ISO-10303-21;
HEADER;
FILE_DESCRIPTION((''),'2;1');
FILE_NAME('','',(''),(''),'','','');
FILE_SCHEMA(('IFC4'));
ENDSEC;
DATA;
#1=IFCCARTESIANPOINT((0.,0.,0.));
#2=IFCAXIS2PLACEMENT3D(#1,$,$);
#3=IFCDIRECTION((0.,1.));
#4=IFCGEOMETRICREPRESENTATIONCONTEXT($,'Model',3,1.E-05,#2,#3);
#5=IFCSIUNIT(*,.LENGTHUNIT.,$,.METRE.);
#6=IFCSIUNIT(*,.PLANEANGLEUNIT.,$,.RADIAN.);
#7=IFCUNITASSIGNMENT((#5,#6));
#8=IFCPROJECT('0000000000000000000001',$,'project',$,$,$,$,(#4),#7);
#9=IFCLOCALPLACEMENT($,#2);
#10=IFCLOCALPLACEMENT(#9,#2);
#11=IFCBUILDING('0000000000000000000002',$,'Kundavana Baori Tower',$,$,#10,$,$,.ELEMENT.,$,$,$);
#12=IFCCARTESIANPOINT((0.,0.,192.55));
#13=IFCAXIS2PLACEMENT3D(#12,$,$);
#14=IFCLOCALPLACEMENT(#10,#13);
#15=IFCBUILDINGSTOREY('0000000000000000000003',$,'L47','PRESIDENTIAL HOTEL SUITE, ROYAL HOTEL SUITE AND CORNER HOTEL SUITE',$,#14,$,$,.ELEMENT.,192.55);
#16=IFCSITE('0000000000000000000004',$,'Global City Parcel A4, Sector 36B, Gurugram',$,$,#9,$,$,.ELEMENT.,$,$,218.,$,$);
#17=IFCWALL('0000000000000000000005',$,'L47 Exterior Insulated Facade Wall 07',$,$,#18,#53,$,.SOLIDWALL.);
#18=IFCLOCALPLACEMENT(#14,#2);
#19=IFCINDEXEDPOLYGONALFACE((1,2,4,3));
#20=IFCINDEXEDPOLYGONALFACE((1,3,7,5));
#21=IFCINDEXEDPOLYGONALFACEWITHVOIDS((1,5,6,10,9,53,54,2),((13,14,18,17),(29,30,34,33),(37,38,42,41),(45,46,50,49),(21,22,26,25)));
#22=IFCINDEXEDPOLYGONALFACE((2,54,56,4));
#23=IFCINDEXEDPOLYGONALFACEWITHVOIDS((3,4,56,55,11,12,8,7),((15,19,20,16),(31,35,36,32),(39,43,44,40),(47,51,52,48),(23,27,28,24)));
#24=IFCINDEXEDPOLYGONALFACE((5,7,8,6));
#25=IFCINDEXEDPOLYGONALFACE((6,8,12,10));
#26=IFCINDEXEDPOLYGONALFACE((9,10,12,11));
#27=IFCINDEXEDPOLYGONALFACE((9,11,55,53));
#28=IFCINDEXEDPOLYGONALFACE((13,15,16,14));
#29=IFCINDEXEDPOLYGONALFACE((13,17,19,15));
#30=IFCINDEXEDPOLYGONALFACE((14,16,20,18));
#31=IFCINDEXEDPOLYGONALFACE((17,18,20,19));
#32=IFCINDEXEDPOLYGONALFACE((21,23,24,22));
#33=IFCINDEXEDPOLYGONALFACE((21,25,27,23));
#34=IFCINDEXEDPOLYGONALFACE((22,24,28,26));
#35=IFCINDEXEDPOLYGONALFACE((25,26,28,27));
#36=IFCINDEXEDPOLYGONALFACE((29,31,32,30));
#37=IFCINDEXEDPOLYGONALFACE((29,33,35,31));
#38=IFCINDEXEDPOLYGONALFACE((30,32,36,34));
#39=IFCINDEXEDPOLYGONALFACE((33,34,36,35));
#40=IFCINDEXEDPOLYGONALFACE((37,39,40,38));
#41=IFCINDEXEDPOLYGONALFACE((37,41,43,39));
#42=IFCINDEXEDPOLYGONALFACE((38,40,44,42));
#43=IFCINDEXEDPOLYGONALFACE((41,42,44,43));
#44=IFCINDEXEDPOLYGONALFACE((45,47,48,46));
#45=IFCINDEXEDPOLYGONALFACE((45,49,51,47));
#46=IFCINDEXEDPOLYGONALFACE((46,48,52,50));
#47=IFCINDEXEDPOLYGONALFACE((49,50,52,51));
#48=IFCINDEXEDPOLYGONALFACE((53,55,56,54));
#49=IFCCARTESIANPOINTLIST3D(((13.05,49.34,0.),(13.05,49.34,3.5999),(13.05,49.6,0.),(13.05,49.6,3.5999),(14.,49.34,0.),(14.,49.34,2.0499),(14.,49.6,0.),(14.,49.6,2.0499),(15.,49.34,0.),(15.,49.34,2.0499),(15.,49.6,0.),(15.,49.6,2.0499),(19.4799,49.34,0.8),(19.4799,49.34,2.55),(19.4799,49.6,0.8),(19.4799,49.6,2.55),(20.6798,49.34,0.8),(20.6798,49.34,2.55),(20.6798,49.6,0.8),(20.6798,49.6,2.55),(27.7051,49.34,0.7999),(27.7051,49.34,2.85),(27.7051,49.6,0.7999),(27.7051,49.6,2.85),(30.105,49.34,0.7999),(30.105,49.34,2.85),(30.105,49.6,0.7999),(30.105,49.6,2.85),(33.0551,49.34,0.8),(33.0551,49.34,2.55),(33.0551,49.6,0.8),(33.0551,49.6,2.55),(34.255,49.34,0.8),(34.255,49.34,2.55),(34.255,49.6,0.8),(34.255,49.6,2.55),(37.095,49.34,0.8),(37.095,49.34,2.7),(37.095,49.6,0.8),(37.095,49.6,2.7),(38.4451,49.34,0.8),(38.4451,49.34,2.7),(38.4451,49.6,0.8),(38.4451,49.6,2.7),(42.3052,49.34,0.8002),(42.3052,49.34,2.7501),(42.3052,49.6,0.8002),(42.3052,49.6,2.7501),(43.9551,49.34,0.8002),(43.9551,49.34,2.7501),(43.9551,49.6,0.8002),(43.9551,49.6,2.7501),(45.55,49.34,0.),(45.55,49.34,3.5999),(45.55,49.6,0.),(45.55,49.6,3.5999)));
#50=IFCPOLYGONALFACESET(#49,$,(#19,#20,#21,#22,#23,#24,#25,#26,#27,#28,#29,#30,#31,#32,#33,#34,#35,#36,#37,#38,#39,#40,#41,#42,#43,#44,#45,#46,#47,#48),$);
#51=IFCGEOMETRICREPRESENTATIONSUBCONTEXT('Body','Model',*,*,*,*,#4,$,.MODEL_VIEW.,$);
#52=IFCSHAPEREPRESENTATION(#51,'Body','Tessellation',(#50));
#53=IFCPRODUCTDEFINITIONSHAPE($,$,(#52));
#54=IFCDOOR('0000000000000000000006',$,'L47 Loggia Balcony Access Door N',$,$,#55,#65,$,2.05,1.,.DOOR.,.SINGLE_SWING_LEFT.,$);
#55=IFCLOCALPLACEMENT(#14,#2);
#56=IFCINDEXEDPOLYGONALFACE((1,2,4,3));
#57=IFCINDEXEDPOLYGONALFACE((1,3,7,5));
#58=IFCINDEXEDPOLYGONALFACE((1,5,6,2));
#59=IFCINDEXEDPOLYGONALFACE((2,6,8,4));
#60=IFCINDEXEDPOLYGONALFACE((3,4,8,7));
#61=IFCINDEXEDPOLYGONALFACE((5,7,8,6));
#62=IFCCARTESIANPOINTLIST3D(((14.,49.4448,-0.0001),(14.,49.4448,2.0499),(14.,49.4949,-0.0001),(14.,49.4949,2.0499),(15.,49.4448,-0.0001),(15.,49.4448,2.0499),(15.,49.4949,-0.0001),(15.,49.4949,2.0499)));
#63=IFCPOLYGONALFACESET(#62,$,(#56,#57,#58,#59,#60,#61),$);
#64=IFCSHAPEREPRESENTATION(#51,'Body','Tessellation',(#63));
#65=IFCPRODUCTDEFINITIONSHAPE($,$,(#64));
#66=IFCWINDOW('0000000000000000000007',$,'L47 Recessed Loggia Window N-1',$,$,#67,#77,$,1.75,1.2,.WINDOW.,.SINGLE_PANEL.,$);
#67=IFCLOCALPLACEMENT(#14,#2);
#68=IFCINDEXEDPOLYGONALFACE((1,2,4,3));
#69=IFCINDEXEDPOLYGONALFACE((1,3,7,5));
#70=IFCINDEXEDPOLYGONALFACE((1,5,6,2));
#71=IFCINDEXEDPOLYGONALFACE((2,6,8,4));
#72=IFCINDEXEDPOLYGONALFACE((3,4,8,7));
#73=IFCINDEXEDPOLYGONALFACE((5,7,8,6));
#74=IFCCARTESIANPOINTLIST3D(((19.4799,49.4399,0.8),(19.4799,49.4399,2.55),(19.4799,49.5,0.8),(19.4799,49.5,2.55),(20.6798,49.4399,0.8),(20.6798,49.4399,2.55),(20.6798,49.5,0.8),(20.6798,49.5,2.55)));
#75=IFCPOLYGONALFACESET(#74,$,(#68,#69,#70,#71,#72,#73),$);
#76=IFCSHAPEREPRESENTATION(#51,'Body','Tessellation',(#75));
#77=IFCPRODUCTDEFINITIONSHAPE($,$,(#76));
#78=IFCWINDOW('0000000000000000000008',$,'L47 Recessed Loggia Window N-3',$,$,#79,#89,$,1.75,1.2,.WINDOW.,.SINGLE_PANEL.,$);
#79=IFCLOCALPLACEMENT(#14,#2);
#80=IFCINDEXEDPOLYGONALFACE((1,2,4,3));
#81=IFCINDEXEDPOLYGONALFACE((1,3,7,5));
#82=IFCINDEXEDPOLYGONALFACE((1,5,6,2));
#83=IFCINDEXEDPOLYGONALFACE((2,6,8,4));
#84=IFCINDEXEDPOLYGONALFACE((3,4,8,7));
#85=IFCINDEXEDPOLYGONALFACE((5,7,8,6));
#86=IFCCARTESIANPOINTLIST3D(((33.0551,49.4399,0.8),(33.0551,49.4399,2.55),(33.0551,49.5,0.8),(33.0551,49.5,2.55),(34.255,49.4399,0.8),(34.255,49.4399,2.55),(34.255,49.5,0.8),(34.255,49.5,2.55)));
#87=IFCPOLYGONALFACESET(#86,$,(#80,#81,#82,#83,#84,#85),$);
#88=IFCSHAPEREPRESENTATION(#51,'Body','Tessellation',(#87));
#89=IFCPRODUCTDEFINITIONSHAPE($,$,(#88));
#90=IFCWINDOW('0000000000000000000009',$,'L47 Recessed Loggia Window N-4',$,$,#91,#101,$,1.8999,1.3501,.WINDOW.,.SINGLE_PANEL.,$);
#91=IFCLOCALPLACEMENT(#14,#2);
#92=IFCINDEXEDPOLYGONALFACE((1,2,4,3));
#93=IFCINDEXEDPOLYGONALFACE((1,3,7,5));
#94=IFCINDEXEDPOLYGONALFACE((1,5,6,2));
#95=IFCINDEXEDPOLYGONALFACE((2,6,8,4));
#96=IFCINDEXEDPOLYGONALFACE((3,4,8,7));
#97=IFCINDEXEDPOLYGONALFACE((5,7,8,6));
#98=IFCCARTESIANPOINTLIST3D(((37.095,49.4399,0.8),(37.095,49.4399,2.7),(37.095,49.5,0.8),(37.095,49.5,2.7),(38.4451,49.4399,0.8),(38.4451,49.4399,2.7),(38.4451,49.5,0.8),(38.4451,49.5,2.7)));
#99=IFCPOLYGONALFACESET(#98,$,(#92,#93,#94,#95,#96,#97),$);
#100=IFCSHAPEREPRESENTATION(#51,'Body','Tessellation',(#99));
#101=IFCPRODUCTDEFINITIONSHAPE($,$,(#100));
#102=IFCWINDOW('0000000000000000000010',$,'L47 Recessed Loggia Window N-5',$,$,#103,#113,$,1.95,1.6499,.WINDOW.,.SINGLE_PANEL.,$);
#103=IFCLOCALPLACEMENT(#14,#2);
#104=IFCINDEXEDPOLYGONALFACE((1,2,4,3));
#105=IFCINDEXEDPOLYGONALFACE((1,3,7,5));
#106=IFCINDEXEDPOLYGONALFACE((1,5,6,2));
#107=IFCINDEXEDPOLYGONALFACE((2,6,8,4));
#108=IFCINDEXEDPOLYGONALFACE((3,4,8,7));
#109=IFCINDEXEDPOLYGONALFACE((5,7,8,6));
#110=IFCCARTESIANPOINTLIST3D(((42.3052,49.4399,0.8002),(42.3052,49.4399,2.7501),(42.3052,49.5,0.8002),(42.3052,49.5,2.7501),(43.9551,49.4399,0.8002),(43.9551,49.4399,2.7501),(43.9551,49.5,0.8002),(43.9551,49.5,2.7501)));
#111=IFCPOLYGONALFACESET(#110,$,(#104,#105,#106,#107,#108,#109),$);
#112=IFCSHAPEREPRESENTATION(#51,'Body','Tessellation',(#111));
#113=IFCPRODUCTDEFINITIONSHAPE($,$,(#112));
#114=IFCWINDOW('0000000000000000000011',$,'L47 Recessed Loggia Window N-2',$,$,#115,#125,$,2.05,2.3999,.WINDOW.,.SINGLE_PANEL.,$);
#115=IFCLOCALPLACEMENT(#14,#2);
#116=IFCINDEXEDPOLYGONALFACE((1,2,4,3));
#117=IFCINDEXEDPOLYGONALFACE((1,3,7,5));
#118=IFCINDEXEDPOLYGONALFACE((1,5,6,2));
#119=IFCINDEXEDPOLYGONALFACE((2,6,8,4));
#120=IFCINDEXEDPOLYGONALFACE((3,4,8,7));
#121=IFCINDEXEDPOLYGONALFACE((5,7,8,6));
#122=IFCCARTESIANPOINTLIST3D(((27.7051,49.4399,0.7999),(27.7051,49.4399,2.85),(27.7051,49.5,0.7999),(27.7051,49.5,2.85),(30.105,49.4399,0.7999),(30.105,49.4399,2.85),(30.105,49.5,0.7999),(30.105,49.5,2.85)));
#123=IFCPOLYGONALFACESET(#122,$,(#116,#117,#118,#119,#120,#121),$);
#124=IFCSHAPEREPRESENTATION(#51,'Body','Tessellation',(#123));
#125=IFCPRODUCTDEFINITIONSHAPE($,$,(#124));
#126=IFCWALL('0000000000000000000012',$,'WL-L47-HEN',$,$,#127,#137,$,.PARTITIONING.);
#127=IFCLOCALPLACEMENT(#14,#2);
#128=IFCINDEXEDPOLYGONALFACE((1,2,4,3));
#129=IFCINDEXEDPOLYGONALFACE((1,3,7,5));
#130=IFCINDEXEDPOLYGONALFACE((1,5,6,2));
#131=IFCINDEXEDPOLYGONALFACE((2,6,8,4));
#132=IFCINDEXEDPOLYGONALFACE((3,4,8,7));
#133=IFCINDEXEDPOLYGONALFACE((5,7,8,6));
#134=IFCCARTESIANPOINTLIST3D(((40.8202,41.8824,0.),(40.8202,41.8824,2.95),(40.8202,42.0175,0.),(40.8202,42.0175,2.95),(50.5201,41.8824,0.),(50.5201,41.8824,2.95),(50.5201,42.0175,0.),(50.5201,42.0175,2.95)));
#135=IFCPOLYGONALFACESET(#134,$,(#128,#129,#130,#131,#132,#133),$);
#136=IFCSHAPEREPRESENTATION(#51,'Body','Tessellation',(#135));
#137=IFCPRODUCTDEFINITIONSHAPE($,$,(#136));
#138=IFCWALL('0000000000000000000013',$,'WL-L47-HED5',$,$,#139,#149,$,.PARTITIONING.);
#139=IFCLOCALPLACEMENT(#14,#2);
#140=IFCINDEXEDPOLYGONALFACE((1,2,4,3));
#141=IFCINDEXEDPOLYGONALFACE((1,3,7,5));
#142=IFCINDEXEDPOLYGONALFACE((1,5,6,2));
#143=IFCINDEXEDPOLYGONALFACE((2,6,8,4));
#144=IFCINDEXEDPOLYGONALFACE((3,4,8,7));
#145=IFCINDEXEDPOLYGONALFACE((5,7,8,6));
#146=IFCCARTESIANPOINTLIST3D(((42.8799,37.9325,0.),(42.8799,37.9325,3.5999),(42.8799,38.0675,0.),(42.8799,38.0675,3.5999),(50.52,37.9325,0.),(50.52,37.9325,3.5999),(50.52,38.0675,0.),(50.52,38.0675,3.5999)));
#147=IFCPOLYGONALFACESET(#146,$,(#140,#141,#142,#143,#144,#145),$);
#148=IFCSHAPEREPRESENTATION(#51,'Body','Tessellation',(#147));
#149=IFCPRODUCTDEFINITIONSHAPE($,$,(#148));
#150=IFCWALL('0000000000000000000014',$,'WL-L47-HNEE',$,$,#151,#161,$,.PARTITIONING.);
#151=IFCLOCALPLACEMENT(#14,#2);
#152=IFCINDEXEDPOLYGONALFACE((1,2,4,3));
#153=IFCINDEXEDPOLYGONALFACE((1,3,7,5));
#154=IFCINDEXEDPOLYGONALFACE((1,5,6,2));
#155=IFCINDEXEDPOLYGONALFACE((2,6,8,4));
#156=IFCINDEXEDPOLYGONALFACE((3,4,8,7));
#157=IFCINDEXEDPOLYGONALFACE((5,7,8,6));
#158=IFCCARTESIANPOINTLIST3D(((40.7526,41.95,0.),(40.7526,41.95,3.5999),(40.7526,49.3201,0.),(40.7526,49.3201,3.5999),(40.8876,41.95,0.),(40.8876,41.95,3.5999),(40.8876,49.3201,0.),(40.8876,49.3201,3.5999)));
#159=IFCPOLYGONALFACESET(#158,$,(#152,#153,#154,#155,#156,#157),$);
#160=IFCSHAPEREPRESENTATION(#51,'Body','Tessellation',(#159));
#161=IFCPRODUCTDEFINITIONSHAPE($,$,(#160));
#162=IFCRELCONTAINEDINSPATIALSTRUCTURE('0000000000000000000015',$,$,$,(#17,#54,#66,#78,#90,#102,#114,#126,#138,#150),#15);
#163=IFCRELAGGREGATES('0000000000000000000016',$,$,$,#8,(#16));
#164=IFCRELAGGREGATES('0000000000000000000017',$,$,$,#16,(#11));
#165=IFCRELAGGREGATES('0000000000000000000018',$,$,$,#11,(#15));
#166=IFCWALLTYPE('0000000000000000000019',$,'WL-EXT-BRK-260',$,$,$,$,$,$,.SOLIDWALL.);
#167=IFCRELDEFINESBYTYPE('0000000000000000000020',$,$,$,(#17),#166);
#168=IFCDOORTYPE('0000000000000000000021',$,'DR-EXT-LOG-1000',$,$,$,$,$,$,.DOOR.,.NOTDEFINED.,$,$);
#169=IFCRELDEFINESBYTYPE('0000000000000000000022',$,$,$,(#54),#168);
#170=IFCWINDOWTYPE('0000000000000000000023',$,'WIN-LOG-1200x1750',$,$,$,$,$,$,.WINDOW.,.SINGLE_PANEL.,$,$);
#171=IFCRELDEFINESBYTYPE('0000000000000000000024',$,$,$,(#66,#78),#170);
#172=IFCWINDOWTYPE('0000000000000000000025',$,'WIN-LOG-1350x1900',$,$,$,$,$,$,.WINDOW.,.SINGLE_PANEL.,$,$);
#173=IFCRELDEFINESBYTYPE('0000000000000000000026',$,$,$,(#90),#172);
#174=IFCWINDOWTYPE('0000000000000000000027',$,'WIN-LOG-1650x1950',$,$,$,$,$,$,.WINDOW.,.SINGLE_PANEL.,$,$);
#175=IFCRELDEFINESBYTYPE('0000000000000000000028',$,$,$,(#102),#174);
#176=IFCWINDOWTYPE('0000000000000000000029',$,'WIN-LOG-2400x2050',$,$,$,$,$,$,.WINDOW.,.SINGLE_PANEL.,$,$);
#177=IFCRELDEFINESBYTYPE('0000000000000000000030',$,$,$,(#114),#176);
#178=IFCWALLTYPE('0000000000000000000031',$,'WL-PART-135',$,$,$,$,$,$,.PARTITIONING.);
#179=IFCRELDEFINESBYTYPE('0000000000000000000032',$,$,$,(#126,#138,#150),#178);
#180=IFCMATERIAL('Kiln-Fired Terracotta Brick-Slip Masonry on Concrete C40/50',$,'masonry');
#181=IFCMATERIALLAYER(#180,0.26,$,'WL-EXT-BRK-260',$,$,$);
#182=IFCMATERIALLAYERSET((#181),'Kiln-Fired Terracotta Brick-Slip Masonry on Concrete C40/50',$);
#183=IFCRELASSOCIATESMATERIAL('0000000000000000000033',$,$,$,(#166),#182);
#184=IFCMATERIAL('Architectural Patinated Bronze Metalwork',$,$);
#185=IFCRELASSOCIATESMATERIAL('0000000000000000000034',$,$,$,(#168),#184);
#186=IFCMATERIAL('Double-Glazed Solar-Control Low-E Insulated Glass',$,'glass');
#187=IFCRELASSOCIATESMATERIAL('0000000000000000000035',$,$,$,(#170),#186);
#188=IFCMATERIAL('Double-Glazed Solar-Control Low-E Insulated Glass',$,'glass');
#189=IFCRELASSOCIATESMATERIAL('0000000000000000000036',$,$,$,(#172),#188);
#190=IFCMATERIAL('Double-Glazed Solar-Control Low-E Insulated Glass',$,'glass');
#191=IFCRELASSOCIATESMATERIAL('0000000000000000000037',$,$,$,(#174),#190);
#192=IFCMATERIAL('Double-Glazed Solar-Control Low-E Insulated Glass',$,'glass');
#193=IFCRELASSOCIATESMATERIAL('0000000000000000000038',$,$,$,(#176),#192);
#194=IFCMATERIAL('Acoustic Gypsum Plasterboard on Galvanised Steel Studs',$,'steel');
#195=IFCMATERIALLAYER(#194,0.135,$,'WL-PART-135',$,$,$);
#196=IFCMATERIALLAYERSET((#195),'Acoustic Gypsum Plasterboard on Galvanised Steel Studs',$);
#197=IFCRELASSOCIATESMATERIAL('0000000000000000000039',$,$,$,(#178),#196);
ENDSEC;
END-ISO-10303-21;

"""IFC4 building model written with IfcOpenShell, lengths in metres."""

from ifc_helpers import new_model, si_unit, direction, frame, frame_2d, origin, place, context, subcontext, project, spatial, rectangle, extrude, material, layer, layer_set, type_object, element, fill, save


model = new_model("IFC4")

# Units and contexts
model_context = context("Model", 3, precision=1e-05, world=origin(), true_north=direction((0.0, 1.0)))
body_context = subcontext(model_context, "Body", "Model", "MODEL_VIEW")
ifc_project = project(units=[si_unit("LENGTHUNIT", "METRE"), si_unit("PLANEANGLEUNIT", "RADIAN")], contexts=[model_context])

# Site, building, storey
site_placement = place(None, origin())
site = spatial("IfcSite", under=ifc_project, at=site_placement, Name="Global City Parcel A4, Sector 36B, Gurugram", CompositionType="ELEMENT", RefElevation=218.0)
building_placement = place(site_placement, origin())
building = spatial("IfcBuilding", under=site, at=building_placement, Name="Kundavana Baori Tower", CompositionType="ELEMENT")
storey_placement = place(building_placement, frame((0.0, 0.0, 192.55)))
storey = spatial("IfcBuildingStorey", under=building, at=storey_placement, Name="L47", Description="PRESIDENTIAL HOTEL SUITE, ROYAL HOTEL SUITE AND CORNER HOTEL SUITE", CompositionType="ELEMENT", Elevation=192.55)

# Shared definitions
ifc_material_1 = material(Name="Kiln-Fired Terracotta Brick-Slip Masonry on Concrete C40/50", Category="masonry")
ifc_layer_1 = layer(ifc_material_1, 0.26, Name="WL-EXT-BRK-260")
ifc_layer_set_1 = layer_set([ifc_layer_1], Name="Kiln-Fired Terracotta Brick-Slip Masonry on Concrete C40/50")
wall_type_1 = type_object("IfcWallType", Name="WL-EXT-BRK-260", PredefinedType="SOLIDWALL", material=ifc_layer_set_1)

# Wall, openings, door, windows
wall_1_placement = place(storey_placement, frame((45.55, 49.47, 0.0), z_axis=(0.0, 0.0, 1.0), x_axis=(-1.0, 0.0, 0.0)))
wall_1 = element("IfcWall", 1, at=wall_1_placement, inside=storey, type_object=wall_type_1, Name="L47 Exterior Insulated Facade Wall 07", PredefinedType="SOLIDWALL", context=body_context, shape_type="SweptSolid", body=[
    extrude(rectangle(XDim=32.5, YDim=0.26, at=frame_2d((16.25, 0.0))), origin(), (0.0, 0.0, 1.0), 3.5999),
])
opening_1_placement = place(wall_1_placement, frame((30.55, 0.0, 0.0)))
opening_1 = element("IfcOpeningElement", 2, at=opening_1_placement, cuts=wall_1, PredefinedType="OPENING", context=body_context, shape_type="SweptSolid", body=[
    extrude(rectangle(XDim=1.0, YDim=2.05, at=frame_2d((0.5, 1.0249))), frame((0.0, 0.1401, 0.0), z_axis=(0.0, -1.0, 0.0), x_axis=(1.0, 0.0, 0.0)), (0.0, 0.0, 1.0), 0.28),
])
opening_2_placement = place(wall_1_placement, frame((24.8701, 0.0, 0.8)))
opening_2 = element("IfcOpeningElement", 3, at=opening_2_placement, cuts=wall_1, PredefinedType="OPENING", context=body_context, shape_type="SweptSolid", body=[
    extrude(rectangle(XDim=1.2, YDim=1.75, at=frame_2d((0.6001, 0.875))), frame((0.0, 0.1401, 0.0), z_axis=(0.0, -1.0, 0.0), x_axis=(1.0, 0.0, 0.0)), (0.0, 0.0, 1.0), 0.28),
])
opening_3_placement = place(wall_1_placement, frame((15.4451, 0.0, 0.8)))
opening_3 = element("IfcOpeningElement", 4, at=opening_3_placement, cuts=wall_1, PredefinedType="OPENING", context=body_context, shape_type="SweptSolid", body=[
    extrude(rectangle(XDim=2.3999, YDim=2.05, at=frame_2d((1.2, 1.0249))), frame((0.0, 0.1401, 0.0), z_axis=(0.0, -1.0, 0.0), x_axis=(1.0, 0.0, 0.0)), (0.0, 0.0, 1.0), 0.28),
])
opening_4_placement = place(wall_1_placement, frame((11.2949, 0.0, 0.8)))
opening_4 = element("IfcOpeningElement", 5, at=opening_4_placement, cuts=wall_1, PredefinedType="OPENING", context=body_context, shape_type="SweptSolid", body=[
    extrude(rectangle(XDim=1.2, YDim=1.75, at=frame_2d((0.6001, 0.875))), frame((0.0, 0.1401, 0.0), z_axis=(0.0, -1.0, 0.0), x_axis=(1.0, 0.0, 0.0)), (0.0, 0.0, 1.0), 0.28),
])
opening_5_placement = place(wall_1_placement, frame((7.105, 0.0, 0.8)))
opening_5 = element("IfcOpeningElement", 6, at=opening_5_placement, cuts=wall_1, PredefinedType="OPENING", context=body_context, shape_type="SweptSolid", body=[
    extrude(rectangle(XDim=1.3501, YDim=1.8999, at=frame_2d((0.675, 0.95))), frame((0.0, 0.1401, 0.0), z_axis=(0.0, -1.0, 0.0), x_axis=(1.0, 0.0, 0.0)), (0.0, 0.0, 1.0), 0.28),
])
opening_6_placement = place(wall_1_placement, frame((1.595, 0.0, 0.8)))
opening_6 = element("IfcOpeningElement", 7, at=opening_6_placement, cuts=wall_1, PredefinedType="OPENING", context=body_context, shape_type="SweptSolid", body=[
    extrude(rectangle(XDim=1.6499, YDim=1.95, at=frame_2d((0.825, 0.9751))), frame((0.0, 0.1401, 0.0), z_axis=(0.0, -1.0, 0.0), x_axis=(1.0, 0.0, 0.0)), (0.0, 0.0, 1.0), 0.28),
])
ifc_material_2 = material(Name="Architectural Patinated Bronze Metalwork")
door_type_1 = type_object("IfcDoorType", Name="DR-EXT-LOG-1000", OperationType="NOTDEFINED", PredefinedType="DOOR", material=ifc_material_2)
door_1_placement = place(opening_1_placement, frame((1.0, 0.0, 0.0), z_axis=(0.0, 0.0, 1.0), x_axis=(-1.0, 0.0, 0.0)))
door_1 = element("IfcDoor", 8, at=door_1_placement, inside=storey, type_object=door_type_1, Name="L47 Loggia Balcony Access Door N", OperationType="SINGLE_SWING_LEFT", OverallHeight=2.05, OverallWidth=1.0, PredefinedType="DOOR", context=body_context, shape_type="SweptSolid", body=[
    extrude(rectangle(XDim=1.0, YDim=2.05, at=frame_2d((0.5, 1.0249))), frame((0.0, 0.0249, 0.0), z_axis=(0.0, -1.0, 0.0), x_axis=(1.0, 0.0, 0.0)), (0.0, 0.0, 1.0), 0.05),
])
fill(opening_1, door_1)
ifc_material_3 = material(Name="Double-Glazed Solar-Control Low-E Insulated Glass", Category="glass")
window_type_1 = type_object("IfcWindowType", Name="WIN-LOG-1200x1750", PartitioningType="SINGLE_PANEL", PredefinedType="WINDOW", material=ifc_material_3)
window_1_placement = place(opening_2_placement, origin())
window_1 = element("IfcWindow", 9, at=window_1_placement, inside=storey, type_object=window_type_1, Name="L47 Recessed Loggia Window N-1", OverallHeight=1.75, OverallWidth=1.2, PartitioningType="SINGLE_PANEL", PredefinedType="WINDOW", context=body_context, shape_type="SweptSolid", body=[
    extrude(rectangle(XDim=1.2, YDim=1.75, at=frame_2d((0.6001, 0.875))), frame((0.0, 0.03, 0.0), z_axis=(0.0, -1.0, 0.0), x_axis=(1.0, 0.0, 0.0)), (0.0, 0.0, 1.0), 0.0601),
])
fill(opening_2, window_1)
window_2_placement = place(opening_4_placement, origin())
window_2 = element("IfcWindow", 10, at=window_2_placement, inside=storey, type_object=window_type_1, Name="L47 Recessed Loggia Window N-3", OverallHeight=1.75, OverallWidth=1.2, PartitioningType="SINGLE_PANEL", PredefinedType="WINDOW", context=body_context, shape_type="SweptSolid", body=[
    extrude(rectangle(XDim=1.2, YDim=1.75, at=frame_2d((0.6001, 0.875))), frame((0.0, 0.03, 0.0), z_axis=(0.0, -1.0, 0.0), x_axis=(1.0, 0.0, 0.0)), (0.0, 0.0, 1.0), 0.0601),
])
fill(opening_4, window_2)
ifc_material_4 = material(Name="Double-Glazed Solar-Control Low-E Insulated Glass", Category="glass")
window_type_2 = type_object("IfcWindowType", Name="WIN-LOG-1350x1900", PartitioningType="SINGLE_PANEL", PredefinedType="WINDOW", material=ifc_material_4)
window_3_placement = place(opening_5_placement, origin())
window_3 = element("IfcWindow", 11, at=window_3_placement, inside=storey, type_object=window_type_2, Name="L47 Recessed Loggia Window N-4", OverallHeight=1.8999, OverallWidth=1.3501, PartitioningType="SINGLE_PANEL", PredefinedType="WINDOW", context=body_context, shape_type="SweptSolid", body=[
    extrude(rectangle(XDim=1.3501, YDim=1.8999, at=frame_2d((0.675, 0.95))), frame((0.0, 0.03, 0.0), z_axis=(0.0, -1.0, 0.0), x_axis=(1.0, 0.0, 0.0)), (0.0, 0.0, 1.0), 0.0601),
])
fill(opening_5, window_3)
ifc_material_5 = material(Name="Double-Glazed Solar-Control Low-E Insulated Glass", Category="glass")
window_type_3 = type_object("IfcWindowType", Name="WIN-LOG-1650x1950", PartitioningType="SINGLE_PANEL", PredefinedType="WINDOW", material=ifc_material_5)
window_4_placement = place(opening_6_placement, origin())
window_4 = element("IfcWindow", 12, at=window_4_placement, inside=storey, type_object=window_type_3, Name="L47 Recessed Loggia Window N-5", OverallHeight=1.95, OverallWidth=1.6499, PartitioningType="SINGLE_PANEL", PredefinedType="WINDOW", context=body_context, shape_type="SweptSolid", body=[
    extrude(rectangle(XDim=1.6499, YDim=1.95, at=frame_2d((0.825, 0.9751))), frame((0.0, 0.03, 0.0), z_axis=(0.0, -1.0, 0.0), x_axis=(1.0, 0.0, 0.0)), (0.0, 0.0, 1.0), 0.0601),
])
fill(opening_6, window_4)
ifc_material_6 = material(Name="Double-Glazed Solar-Control Low-E Insulated Glass", Category="glass")
window_type_4 = type_object("IfcWindowType", Name="WIN-LOG-2400x2050", PartitioningType="SINGLE_PANEL", PredefinedType="WINDOW", material=ifc_material_6)
window_5_placement = place(opening_3_placement, origin())
window_5 = element("IfcWindow", 13, at=window_5_placement, inside=storey, type_object=window_type_4, Name="L47 Recessed Loggia Window N-2", OverallHeight=2.05, OverallWidth=2.3999, PartitioningType="SINGLE_PANEL", PredefinedType="WINDOW", context=body_context, shape_type="SweptSolid", body=[
    extrude(rectangle(XDim=2.3999, YDim=2.05, at=frame_2d((1.2, 1.0249))), frame((0.0, 0.03, 0.0), z_axis=(0.0, -1.0, 0.0), x_axis=(1.0, 0.0, 0.0)), (0.0, 0.0, 1.0), 0.0601),
])
fill(opening_3, window_5)

# Walls
ifc_material_7 = material(Name="Acoustic Gypsum Plasterboard on Galvanised Steel Studs", Category="steel")
ifc_layer_2 = layer(ifc_material_7, 0.135, Name="WL-PART-135")
ifc_layer_set_2 = layer_set([ifc_layer_2], Name="Acoustic Gypsum Plasterboard on Galvanised Steel Studs")
wall_type_2 = type_object("IfcWallType", Name="WL-PART-135", PredefinedType="PARTITIONING", material=ifc_layer_set_2)
wall_2_placement = place(storey_placement, frame((40.8201, 41.95, 0.0), z_axis=(0.0, 0.0, 1.0), x_axis=(1.0, 0.0, 0.0)))
element("IfcWall", 14, at=wall_2_placement, inside=storey, type_object=wall_type_2, Name="WL-L47-HEN", PredefinedType="PARTITIONING", context=body_context, shape_type="SweptSolid", body=[
    extrude(rectangle(XDim=9.7, YDim=0.135, at=frame_2d((4.8501, 0.0))), origin(), (0.0, 0.0, 1.0), 2.95),
])
wall_3_placement = place(storey_placement, frame((42.8799, 38.0, 0.0), z_axis=(0.0, 0.0, 1.0), x_axis=(1.0, 0.0, 0.0)))
element("IfcWall", 15, at=wall_3_placement, inside=storey, type_object=wall_type_2, Name="WL-L47-HED5", PredefinedType="PARTITIONING", context=body_context, shape_type="SweptSolid", body=[
    extrude(rectangle(XDim=7.6401, YDim=0.135, at=frame_2d((3.8201, 0.0))), origin(), (0.0, 0.0, 1.0), 3.5999),
])
wall_4_placement = place(storey_placement, frame((40.8201, 41.95, 0.0), z_axis=(0.0, 0.0, 1.0), x_axis=(0.0, 1.0, 0.0)))
element("IfcWall", 16, at=wall_4_placement, inside=storey, type_object=wall_type_2, Name="WL-L47-HNEE", PredefinedType="PARTITIONING", context=body_context, shape_type="SweptSolid", body=[
    extrude(rectangle(XDim=7.3701, YDim=0.135, at=frame_2d((3.6851, 0.0))), origin(), (0.0, 0.0, 1.0), 3.5999),
])

save(model, "model.ifc")
